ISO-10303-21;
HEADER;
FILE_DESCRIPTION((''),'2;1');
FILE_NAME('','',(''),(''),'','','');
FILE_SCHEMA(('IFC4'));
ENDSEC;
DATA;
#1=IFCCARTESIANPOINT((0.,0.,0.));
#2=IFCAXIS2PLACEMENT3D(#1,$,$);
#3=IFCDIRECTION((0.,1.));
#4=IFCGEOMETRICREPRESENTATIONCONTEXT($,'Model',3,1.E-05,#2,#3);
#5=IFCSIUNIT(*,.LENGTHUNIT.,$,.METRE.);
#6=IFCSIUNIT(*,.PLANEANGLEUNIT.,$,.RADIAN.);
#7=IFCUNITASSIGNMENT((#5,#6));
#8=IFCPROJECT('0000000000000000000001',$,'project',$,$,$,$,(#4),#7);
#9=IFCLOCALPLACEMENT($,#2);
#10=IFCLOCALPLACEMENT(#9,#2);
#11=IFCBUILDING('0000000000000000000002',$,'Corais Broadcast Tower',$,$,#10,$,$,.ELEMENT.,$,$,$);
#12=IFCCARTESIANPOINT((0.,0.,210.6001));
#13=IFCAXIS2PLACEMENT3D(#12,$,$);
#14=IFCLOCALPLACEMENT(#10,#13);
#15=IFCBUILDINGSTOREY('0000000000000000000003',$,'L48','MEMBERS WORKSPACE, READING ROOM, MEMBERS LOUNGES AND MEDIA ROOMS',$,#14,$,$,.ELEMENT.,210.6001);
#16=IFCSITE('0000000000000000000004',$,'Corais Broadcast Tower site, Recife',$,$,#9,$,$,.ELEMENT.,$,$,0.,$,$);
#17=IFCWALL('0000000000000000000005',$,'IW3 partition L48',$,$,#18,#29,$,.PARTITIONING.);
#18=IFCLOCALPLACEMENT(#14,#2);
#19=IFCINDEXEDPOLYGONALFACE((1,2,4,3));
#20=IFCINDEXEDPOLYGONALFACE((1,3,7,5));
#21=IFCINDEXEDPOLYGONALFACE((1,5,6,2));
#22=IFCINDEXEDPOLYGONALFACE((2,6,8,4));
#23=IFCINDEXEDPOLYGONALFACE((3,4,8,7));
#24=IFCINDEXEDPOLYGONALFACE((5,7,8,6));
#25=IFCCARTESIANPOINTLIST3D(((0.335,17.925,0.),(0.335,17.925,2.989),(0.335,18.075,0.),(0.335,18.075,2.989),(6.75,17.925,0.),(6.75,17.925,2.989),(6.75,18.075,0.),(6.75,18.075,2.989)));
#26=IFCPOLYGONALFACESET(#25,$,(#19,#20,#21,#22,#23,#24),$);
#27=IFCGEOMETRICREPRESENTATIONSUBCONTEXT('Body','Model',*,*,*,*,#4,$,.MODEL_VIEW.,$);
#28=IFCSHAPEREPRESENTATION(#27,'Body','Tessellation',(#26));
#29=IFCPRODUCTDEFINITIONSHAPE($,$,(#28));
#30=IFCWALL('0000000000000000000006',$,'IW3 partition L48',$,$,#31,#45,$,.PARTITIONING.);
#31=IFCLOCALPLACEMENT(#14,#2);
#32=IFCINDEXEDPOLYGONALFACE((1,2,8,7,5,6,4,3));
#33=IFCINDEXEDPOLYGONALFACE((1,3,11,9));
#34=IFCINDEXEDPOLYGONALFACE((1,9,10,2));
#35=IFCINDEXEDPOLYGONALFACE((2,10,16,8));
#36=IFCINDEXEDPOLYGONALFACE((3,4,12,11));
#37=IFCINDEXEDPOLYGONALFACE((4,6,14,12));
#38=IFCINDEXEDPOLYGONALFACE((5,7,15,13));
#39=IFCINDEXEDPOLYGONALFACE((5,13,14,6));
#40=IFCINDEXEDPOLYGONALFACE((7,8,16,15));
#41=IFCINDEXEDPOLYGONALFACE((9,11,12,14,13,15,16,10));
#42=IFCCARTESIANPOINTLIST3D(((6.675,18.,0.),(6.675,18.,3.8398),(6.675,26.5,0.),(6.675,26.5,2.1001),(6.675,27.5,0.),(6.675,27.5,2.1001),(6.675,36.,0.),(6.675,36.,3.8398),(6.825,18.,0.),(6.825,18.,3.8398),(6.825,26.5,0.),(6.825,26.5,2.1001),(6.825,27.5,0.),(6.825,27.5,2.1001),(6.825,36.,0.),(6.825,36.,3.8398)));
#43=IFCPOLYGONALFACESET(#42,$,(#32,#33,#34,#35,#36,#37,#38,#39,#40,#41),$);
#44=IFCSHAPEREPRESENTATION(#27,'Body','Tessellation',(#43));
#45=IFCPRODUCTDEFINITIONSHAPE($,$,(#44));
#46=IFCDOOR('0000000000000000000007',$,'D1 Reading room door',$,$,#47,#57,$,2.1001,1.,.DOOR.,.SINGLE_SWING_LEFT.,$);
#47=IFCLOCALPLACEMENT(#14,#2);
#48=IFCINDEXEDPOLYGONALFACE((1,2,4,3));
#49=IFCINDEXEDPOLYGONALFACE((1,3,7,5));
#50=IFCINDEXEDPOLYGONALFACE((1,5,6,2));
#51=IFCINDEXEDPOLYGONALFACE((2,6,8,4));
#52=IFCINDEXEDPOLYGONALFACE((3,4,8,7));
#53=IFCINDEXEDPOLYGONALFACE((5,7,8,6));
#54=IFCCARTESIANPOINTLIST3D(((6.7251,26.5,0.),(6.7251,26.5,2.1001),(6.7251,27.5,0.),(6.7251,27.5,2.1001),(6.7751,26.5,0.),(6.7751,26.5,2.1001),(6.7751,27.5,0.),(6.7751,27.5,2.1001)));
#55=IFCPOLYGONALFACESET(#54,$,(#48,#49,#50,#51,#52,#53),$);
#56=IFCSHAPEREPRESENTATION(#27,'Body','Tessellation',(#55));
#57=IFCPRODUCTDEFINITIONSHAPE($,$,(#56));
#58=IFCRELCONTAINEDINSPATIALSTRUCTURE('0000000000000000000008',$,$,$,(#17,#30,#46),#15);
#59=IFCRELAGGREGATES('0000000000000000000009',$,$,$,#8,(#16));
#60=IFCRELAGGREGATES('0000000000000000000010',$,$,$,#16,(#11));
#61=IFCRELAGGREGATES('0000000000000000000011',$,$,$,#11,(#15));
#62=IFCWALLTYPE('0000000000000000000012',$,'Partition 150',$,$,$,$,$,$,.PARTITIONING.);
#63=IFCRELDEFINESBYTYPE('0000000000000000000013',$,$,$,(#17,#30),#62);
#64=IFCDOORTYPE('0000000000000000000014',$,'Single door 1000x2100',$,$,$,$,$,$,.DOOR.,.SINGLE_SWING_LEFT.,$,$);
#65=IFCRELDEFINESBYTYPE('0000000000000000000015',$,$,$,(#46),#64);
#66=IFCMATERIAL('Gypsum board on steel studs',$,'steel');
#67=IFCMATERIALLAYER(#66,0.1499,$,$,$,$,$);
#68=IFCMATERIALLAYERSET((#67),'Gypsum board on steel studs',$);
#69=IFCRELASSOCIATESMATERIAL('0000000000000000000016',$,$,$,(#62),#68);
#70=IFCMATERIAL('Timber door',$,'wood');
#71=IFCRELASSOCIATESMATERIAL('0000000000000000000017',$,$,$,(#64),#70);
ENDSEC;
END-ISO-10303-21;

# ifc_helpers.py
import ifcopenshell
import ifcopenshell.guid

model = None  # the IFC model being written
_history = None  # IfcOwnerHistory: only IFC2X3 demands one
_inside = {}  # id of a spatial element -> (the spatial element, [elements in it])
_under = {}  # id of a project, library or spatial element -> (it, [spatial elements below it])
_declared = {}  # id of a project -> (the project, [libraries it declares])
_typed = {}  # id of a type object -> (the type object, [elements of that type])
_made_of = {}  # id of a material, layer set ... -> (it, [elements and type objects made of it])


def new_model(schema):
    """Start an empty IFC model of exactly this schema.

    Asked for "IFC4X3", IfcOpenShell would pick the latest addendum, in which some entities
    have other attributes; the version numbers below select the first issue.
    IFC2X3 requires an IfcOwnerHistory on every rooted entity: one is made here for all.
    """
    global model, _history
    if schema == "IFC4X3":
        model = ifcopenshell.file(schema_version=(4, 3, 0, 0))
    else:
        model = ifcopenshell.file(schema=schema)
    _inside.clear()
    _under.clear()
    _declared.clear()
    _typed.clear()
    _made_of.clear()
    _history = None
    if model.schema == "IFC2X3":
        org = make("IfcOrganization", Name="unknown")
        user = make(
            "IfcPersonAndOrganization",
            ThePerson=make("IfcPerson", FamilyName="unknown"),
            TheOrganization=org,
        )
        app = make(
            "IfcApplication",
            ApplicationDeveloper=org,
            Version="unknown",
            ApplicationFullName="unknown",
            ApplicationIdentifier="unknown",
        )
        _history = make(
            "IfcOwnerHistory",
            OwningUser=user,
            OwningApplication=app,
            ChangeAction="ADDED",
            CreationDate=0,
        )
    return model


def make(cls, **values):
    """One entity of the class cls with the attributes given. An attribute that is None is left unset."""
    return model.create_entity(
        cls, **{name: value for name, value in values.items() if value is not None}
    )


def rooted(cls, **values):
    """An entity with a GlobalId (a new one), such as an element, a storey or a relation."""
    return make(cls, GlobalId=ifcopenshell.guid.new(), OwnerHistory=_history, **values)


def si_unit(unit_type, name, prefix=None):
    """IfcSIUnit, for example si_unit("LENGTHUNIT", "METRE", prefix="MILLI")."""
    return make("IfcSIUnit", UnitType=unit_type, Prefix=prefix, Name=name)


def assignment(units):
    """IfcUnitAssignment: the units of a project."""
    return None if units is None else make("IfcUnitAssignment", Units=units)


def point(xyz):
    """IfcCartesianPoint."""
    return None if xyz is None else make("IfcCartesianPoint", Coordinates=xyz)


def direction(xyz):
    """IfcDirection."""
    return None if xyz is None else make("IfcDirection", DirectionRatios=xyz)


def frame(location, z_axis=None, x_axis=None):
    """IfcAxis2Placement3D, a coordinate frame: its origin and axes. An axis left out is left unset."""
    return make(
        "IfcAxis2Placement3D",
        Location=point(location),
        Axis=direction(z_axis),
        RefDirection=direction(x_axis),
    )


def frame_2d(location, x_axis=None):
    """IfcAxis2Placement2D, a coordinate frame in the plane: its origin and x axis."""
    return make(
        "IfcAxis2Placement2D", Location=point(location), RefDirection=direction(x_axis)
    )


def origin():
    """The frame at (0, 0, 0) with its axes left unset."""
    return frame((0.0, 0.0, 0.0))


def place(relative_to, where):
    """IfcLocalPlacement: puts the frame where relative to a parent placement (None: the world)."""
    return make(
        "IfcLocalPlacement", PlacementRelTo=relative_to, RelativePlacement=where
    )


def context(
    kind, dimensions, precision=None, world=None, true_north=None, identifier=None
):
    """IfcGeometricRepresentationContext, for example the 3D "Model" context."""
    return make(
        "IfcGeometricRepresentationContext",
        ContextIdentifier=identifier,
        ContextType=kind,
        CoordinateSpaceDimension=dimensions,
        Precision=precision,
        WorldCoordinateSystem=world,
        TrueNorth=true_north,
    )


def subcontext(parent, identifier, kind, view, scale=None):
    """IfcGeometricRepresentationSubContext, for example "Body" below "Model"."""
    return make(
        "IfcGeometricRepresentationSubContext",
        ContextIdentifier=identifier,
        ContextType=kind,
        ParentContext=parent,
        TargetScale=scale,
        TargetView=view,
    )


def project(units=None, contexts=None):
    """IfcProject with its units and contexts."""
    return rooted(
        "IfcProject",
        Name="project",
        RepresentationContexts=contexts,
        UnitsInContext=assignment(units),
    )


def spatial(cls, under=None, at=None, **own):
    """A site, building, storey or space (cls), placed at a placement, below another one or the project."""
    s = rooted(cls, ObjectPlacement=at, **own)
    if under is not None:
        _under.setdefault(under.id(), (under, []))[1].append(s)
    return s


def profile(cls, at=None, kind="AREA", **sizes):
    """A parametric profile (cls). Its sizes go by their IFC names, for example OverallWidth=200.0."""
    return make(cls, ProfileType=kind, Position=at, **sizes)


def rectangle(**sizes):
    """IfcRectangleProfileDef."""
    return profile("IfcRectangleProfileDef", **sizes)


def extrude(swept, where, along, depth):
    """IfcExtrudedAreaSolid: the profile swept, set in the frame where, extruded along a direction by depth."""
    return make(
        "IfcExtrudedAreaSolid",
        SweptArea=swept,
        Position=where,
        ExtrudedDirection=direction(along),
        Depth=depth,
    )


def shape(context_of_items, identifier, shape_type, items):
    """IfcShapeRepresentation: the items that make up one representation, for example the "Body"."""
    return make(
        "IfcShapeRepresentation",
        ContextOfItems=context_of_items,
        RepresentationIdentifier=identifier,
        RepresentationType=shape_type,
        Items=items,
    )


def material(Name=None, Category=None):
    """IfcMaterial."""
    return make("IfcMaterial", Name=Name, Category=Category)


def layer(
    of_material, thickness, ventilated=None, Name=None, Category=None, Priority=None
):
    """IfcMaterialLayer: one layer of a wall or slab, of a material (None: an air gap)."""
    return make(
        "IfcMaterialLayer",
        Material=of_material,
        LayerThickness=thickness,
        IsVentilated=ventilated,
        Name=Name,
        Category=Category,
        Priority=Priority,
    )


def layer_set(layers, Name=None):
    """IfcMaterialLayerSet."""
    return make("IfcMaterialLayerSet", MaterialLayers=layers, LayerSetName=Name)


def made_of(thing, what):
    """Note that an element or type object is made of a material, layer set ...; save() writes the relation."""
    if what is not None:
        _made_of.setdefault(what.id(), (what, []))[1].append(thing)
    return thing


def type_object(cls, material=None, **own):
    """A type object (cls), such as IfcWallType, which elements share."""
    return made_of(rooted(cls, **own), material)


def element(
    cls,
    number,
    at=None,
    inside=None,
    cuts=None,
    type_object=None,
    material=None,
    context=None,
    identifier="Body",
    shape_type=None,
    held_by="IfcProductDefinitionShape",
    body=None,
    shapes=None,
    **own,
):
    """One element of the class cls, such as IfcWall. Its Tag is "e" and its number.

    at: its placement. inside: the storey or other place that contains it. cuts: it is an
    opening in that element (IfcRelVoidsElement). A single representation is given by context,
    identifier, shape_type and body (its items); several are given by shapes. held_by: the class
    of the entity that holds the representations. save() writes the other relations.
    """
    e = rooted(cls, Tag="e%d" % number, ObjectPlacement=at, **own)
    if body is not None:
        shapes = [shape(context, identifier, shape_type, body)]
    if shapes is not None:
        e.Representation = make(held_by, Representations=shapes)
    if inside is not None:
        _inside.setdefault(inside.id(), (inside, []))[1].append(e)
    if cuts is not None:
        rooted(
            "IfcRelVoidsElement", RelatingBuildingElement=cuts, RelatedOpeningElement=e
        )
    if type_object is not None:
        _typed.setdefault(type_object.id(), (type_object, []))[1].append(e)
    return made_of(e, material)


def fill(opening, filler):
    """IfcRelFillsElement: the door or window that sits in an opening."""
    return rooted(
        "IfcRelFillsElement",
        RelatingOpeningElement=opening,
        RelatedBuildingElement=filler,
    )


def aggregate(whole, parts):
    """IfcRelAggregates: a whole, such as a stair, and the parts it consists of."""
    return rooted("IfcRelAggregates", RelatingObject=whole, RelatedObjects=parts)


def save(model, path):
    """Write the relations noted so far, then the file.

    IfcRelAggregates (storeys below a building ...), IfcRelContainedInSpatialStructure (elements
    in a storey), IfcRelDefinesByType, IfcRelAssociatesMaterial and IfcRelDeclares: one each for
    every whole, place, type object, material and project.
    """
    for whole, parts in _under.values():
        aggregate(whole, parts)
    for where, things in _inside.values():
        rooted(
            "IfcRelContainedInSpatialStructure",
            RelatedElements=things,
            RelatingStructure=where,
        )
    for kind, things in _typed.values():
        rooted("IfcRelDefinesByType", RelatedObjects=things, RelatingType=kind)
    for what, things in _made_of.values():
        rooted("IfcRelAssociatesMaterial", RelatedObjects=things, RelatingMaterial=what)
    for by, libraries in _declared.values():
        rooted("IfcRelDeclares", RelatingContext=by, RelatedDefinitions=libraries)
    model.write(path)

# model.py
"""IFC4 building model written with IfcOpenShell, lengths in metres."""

from ifc_helpers import new_model, si_unit, direction, frame, frame_2d, origin, place, context, subcontext, project, spatial, rectangle, extrude, material, layer, layer_set, type_object, element, fill, save


model = new_model("IFC4")

# Units and contexts
model_context = context("Model", 3, precision=1e-05, world=origin(), true_north=direction((0.0, 1.0)))
body_context = subcontext(model_context, "Body", "Model", "MODEL_VIEW")
ifc_project = project(units=[si_unit("LENGTHUNIT", "METRE"), si_unit("PLANEANGLEUNIT", "RADIAN")], contexts=[model_context])

# Site, building, storey
site_placement = place(None, origin())
site = spatial("IfcSite", under=ifc_project, at=site_placement, Name="Corais Broadcast Tower site, Recife", CompositionType="ELEMENT", RefElevation=0.0)
building_placement = place(site_placement, origin())
building = spatial("IfcBuilding", under=site, at=building_placement, Name="Corais Broadcast Tower", CompositionType="ELEMENT")
storey_placement = place(building_placement, frame((0.0, 0.0, 210.6001)))
storey = spatial("IfcBuildingStorey", under=building, at=storey_placement, Name="L48", Description="MEMBERS WORKSPACE, READING ROOM, MEMBERS LOUNGES AND MEDIA ROOMS", CompositionType="ELEMENT", Elevation=210.6001)

# Wall
ifc_material_1 = material(Name="Gypsum board on steel studs", Category="steel")
ifc_layer_1 = layer(ifc_material_1, 0.1499)
ifc_layer_set_1 = layer_set([ifc_layer_1], Name="Gypsum board on steel studs")
wall_type = type_object("IfcWallType", Name="Partition 150", PredefinedType="PARTITIONING", material=ifc_layer_set_1)
wall_1_placement = place(storey_placement, frame((0.335, 18.0, 0.0), z_axis=(0.0, 0.0, 1.0), x_axis=(1.0, 0.0, 0.0)))
element("IfcWall", 1, at=wall_1_placement, inside=storey, type_object=wall_type, Name="IW3 partition L48", PredefinedType="PARTITIONING", context=body_context, shape_type="SweptSolid", body=[
    extrude(rectangle(XDim=6.415, YDim=0.1499, at=frame_2d((3.2075, 0.0))), origin(), (0.0, 0.0, 1.0), 2.989),
])

# Wall, opening, door
wall_2_placement = place(storey_placement, frame((6.75, 18.0, 0.0), z_axis=(0.0, 0.0, 1.0), x_axis=(0.0, 1.0, 0.0)))
wall_2 = element("IfcWall", 2, at=wall_2_placement, inside=storey, type_object=wall_type, Name="IW3 partition L48", PredefinedType="PARTITIONING", context=body_context, shape_type="SweptSolid", body=[
    extrude(rectangle(XDim=18.0, YDim=0.1499, at=frame_2d((9.0, 0.0))), origin(), (0.0, 0.0, 1.0), 3.8398),
])
opening_placement = place(wall_2_placement, frame((8.5, 0.0, 0.0)))
opening = element("IfcOpeningElement", 3, at=opening_placement, cuts=wall_2, PredefinedType="OPENING", context=body_context, shape_type="SweptSolid", body=[
    extrude(rectangle(XDim=1.0, YDim=2.1001, at=frame_2d((0.5, 1.05))), frame((0.0, 0.085, 0.0), z_axis=(0.0, -1.0, 0.0), x_axis=(1.0, 0.0, 0.0)), (0.0, 0.0, 1.0), 0.1699),
])
ifc_material_2 = material(Name="Timber door", Category="wood")
door_type = type_object("IfcDoorType", Name="Single door 1000x2100", OperationType="SINGLE_SWING_LEFT", PredefinedType="DOOR", material=ifc_material_2)
door_placement = place(opening_placement, origin())
door = element("IfcDoor", 4, at=door_placement, inside=storey, type_object=door_type, Name="D1 Reading room door", OperationType="SINGLE_SWING_LEFT", OverallHeight=2.1001, OverallWidth=1.0, PredefinedType="DOOR", context=body_context, shape_type="SweptSolid", body=[
    extrude(rectangle(XDim=1.0, YDim=2.1001, at=frame_2d((0.5, 1.05))), frame((0.0, 0.0249, 0.0), z_axis=(0.0, -1.0, 0.0), x_axis=(1.0, 0.0, 0.0)), (0.0, 0.0, 1.0), 0.05),
])
fill(opening, door)

save(model, "model.ifc")
